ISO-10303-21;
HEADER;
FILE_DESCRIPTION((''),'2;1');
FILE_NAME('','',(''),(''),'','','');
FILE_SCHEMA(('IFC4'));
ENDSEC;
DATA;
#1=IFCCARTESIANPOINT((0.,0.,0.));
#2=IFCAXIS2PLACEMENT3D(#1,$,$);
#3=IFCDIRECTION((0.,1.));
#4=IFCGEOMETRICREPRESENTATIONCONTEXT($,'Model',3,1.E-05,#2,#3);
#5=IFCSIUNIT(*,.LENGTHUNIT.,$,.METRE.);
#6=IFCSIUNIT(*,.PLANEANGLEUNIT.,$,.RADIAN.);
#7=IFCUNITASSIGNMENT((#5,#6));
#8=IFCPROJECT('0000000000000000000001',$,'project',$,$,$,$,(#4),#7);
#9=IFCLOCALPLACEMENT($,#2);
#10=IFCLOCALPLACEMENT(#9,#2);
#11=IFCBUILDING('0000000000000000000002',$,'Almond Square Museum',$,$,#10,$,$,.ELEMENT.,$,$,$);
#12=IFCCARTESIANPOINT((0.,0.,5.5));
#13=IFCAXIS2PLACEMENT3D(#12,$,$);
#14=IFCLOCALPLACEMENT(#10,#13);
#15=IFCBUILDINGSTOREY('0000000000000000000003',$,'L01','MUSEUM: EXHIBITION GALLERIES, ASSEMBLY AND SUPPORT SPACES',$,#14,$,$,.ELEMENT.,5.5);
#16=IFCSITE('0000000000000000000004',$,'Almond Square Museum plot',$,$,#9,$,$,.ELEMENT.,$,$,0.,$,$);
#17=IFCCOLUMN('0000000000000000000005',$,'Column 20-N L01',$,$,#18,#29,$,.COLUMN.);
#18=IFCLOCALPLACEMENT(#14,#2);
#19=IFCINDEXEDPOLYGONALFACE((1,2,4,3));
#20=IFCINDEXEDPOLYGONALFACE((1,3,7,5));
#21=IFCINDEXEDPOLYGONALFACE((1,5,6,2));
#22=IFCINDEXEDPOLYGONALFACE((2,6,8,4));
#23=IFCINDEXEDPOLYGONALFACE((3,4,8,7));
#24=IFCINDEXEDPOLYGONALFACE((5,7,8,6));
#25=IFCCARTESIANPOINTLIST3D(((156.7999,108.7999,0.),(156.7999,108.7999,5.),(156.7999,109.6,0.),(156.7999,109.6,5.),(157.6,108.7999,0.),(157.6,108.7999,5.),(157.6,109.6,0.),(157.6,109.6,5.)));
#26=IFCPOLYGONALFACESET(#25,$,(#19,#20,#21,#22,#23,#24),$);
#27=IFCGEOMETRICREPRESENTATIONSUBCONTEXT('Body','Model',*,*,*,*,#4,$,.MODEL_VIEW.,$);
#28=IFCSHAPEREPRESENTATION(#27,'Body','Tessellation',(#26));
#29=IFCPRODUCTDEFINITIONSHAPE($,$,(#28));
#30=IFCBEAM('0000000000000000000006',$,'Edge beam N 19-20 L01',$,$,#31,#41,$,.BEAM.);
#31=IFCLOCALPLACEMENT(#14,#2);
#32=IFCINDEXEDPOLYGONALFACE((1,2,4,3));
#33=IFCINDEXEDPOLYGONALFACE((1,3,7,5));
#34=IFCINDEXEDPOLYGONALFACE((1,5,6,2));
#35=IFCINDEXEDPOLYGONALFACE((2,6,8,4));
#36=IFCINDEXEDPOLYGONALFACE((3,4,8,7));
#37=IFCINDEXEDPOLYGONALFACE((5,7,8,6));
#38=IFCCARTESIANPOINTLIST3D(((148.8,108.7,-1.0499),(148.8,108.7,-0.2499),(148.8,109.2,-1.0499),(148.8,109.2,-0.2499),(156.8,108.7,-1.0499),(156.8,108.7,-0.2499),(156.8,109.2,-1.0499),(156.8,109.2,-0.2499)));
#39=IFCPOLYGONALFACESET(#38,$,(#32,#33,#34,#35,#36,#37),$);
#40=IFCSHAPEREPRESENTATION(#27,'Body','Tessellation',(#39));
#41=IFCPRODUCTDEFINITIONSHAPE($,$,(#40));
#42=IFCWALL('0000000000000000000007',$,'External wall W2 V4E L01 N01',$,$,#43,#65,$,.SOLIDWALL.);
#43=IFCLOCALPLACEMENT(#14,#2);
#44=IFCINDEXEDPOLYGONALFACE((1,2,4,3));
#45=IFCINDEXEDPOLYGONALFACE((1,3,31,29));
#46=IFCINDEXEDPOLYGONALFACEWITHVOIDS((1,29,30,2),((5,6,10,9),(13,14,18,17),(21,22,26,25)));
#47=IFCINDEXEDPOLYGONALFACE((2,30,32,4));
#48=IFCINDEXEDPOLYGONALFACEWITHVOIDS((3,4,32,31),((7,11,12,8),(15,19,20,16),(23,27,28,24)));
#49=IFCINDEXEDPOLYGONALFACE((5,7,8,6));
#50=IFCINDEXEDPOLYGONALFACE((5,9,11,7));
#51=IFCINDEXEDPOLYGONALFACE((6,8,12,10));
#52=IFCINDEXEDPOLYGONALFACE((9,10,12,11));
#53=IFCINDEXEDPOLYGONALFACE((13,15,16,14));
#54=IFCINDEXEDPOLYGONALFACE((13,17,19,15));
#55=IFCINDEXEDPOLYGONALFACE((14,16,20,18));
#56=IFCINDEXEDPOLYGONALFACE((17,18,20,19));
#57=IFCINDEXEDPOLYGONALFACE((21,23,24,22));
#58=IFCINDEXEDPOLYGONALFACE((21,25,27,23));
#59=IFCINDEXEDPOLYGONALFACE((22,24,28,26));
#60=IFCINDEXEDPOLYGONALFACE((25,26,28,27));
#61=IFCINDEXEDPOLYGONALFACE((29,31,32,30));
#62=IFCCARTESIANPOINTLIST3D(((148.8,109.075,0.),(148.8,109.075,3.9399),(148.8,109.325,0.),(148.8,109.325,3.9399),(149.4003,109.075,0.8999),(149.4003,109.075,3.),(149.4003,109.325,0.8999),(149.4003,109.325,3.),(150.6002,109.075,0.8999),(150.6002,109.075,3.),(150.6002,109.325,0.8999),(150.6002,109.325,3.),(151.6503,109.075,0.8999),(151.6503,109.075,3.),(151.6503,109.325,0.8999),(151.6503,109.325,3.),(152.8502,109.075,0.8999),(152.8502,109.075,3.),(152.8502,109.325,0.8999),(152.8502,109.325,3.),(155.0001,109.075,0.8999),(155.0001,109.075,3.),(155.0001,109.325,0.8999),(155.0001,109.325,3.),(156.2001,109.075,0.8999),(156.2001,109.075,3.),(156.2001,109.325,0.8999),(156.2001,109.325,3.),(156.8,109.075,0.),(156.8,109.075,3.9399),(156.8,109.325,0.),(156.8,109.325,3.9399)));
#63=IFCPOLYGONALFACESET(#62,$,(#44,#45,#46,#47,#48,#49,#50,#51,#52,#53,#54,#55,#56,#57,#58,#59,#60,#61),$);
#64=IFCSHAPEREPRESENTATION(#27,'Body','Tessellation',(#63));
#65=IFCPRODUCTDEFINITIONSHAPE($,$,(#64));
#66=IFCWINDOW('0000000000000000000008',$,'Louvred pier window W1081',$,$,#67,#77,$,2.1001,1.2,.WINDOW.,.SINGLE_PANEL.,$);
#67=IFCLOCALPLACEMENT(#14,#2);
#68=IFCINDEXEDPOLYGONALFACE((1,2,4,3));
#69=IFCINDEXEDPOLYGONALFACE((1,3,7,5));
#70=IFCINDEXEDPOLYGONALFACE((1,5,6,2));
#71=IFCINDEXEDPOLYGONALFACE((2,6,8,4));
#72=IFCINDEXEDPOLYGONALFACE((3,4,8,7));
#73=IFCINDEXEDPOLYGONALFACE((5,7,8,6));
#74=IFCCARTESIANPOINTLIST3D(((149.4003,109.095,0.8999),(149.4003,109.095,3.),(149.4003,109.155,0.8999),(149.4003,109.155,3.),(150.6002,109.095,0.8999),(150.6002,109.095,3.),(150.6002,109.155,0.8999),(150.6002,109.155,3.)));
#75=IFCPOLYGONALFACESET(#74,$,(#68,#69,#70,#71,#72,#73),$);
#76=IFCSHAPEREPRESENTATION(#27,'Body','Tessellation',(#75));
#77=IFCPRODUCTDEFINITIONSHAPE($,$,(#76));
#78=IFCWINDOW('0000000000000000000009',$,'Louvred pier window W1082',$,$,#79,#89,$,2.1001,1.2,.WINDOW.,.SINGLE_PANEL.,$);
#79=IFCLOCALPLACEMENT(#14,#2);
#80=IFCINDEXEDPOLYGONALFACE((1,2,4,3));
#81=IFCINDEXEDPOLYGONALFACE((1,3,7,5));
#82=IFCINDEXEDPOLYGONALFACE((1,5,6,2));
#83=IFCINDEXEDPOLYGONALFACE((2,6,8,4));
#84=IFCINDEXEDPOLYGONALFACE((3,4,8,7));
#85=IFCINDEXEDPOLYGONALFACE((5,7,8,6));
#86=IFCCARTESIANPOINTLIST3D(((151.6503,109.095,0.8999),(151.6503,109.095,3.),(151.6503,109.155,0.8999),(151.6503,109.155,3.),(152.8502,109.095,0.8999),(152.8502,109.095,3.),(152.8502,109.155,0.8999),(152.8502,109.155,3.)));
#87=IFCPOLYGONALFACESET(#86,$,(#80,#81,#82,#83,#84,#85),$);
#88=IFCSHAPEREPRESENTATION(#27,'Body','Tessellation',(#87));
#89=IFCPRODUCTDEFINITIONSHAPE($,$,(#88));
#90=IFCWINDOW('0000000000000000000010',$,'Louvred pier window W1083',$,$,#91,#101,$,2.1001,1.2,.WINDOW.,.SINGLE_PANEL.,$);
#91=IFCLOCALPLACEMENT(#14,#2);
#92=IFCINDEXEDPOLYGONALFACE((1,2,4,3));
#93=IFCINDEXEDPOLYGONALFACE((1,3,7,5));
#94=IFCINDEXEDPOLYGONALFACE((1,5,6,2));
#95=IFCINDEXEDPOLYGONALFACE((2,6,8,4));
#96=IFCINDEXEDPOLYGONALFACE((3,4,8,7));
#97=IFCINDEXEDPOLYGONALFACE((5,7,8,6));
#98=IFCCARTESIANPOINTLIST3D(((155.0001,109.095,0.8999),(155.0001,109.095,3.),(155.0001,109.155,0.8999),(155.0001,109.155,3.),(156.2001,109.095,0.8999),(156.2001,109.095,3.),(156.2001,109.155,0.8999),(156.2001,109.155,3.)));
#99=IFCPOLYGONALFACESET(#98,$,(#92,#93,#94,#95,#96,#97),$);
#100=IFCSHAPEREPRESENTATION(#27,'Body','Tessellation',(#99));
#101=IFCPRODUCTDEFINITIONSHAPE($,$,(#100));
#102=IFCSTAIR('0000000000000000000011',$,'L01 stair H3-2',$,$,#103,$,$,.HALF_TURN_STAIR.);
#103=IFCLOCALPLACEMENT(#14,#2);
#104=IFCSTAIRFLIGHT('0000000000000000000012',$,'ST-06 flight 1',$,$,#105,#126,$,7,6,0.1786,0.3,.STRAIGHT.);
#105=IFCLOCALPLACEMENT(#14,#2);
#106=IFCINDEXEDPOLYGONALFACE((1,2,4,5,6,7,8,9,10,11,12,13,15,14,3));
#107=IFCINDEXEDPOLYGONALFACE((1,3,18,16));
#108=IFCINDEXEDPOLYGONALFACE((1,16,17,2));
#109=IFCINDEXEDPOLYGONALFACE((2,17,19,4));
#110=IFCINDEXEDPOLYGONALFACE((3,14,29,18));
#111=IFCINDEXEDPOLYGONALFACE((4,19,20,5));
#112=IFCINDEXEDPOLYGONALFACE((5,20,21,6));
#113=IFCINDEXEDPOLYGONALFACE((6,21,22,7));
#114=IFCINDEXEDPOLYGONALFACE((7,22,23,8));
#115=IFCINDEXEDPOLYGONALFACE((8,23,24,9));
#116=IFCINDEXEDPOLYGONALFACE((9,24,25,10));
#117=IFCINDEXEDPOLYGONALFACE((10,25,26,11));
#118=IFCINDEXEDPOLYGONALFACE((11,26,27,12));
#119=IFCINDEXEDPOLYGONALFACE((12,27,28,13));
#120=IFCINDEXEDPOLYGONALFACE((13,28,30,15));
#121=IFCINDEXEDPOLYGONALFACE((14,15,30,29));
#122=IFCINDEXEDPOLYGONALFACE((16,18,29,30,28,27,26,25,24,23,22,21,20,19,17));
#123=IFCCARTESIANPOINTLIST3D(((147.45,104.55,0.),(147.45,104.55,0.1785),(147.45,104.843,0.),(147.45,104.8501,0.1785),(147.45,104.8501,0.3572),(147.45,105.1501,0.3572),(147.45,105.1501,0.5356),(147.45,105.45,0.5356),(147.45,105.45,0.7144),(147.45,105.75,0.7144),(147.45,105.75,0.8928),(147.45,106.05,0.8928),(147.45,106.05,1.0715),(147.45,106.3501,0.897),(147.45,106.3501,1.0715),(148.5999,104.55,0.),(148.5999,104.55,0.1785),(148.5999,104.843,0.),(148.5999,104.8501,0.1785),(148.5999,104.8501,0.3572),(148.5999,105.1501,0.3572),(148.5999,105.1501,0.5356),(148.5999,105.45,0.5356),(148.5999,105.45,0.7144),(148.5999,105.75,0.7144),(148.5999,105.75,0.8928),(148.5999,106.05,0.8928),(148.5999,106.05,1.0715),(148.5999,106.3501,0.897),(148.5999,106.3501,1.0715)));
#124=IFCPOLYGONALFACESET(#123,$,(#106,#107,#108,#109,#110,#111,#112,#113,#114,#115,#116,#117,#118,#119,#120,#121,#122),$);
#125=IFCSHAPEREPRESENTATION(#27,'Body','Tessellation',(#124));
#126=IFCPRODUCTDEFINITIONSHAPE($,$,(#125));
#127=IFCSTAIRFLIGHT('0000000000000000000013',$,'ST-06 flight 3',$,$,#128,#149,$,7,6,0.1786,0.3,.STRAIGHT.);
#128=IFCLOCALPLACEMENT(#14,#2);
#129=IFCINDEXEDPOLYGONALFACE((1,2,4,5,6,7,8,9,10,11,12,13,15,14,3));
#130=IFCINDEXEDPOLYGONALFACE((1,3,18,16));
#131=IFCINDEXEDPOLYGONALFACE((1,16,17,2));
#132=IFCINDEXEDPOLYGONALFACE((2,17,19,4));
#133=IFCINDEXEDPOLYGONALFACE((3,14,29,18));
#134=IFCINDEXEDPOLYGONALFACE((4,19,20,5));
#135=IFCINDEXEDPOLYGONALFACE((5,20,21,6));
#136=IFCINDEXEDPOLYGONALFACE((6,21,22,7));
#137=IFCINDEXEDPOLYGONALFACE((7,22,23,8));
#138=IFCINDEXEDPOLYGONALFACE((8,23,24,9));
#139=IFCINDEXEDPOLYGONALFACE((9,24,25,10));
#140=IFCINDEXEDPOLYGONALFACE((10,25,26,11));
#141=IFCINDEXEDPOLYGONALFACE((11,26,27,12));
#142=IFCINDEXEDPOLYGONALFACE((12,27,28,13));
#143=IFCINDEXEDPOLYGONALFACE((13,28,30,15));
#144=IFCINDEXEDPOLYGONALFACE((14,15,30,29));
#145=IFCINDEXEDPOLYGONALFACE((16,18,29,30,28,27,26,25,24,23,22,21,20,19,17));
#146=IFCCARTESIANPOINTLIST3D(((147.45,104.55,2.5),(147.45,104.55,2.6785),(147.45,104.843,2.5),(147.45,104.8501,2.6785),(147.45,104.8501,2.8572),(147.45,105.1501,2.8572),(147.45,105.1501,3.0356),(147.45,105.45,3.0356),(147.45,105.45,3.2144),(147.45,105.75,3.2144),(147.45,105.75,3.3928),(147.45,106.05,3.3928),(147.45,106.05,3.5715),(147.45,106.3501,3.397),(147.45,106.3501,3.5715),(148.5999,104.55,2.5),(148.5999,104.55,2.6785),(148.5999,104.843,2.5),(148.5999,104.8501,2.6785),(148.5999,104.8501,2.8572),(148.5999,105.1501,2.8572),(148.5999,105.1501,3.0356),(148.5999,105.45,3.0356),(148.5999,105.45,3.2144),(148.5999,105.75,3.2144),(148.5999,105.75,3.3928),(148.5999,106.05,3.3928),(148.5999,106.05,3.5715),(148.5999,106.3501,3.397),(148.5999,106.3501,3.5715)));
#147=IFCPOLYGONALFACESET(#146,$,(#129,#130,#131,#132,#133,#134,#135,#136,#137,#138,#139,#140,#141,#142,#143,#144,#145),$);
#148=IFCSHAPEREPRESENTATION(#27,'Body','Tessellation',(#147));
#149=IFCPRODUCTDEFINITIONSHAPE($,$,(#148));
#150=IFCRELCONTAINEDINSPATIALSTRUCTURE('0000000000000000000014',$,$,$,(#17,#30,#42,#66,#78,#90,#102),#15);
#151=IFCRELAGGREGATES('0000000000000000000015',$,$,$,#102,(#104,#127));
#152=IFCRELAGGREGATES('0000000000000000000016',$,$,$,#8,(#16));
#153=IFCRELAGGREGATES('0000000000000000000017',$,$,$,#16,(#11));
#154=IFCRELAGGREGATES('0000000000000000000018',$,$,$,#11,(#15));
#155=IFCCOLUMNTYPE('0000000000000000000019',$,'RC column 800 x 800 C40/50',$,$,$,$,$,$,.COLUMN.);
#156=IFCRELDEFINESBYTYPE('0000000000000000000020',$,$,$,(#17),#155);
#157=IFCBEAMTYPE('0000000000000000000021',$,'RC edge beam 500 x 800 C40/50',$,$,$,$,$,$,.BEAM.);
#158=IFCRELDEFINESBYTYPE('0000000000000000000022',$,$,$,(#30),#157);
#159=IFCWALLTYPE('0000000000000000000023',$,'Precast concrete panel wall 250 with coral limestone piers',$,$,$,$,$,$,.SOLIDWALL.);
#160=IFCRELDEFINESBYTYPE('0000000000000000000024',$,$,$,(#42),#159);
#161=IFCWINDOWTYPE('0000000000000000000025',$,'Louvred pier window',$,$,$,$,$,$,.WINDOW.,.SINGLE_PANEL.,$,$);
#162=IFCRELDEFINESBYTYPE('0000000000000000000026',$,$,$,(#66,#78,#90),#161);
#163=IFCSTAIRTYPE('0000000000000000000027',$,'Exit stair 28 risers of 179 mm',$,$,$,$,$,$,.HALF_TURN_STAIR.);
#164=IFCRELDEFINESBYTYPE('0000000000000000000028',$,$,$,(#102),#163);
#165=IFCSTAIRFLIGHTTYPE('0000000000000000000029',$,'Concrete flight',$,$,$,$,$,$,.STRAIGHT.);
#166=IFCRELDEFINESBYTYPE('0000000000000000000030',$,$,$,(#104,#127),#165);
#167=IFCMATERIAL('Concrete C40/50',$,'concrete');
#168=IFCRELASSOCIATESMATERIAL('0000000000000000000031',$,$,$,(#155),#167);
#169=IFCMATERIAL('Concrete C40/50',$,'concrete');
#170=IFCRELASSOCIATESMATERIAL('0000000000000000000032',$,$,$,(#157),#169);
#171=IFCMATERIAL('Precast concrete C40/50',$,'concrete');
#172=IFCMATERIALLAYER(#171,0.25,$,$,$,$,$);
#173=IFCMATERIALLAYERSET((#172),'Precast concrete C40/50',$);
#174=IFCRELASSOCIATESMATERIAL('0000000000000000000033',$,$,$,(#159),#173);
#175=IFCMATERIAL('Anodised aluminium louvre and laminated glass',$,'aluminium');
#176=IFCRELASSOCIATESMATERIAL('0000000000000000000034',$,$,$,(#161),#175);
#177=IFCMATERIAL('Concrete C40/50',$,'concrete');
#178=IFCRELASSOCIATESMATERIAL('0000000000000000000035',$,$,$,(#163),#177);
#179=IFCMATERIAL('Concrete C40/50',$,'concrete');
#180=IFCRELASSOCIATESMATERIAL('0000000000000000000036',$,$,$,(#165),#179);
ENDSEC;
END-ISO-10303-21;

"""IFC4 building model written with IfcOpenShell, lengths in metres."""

from ifc_helpers import new_model, si_unit, direction, frame, frame_2d, origin, origin_2d, place, context, subcontext, project, spatial, polyline, rectangle, outline, extrude, material, layer, layer_set, material_profile, profile_set, type_object, element, fill, aggregate, save


model = new_model("IFC4")

# Units and contexts
model_context = context("Model", 3, precision=1e-05, world=origin(), true_north=direction((0.0, 1.0)))
body_context = subcontext(model_context, "Body", "Model", "MODEL_VIEW")
ifc_project = project(units=[si_unit("LENGTHUNIT", "METRE"), si_unit("PLANEANGLEUNIT", "RADIAN")], contexts=[model_context])

# Site, building, storey
site_placement = place(None, origin())
site = spatial("IfcSite", under=ifc_project, at=site_placement, Name="Almond Square Museum plot", CompositionType="ELEMENT", RefElevation=0.0)
building_placement = place(site_placement, origin())
building = spatial("IfcBuilding", under=site, at=building_placement, Name="Almond Square Museum", CompositionType="ELEMENT")
storey_placement = place(building_placement, frame((0.0, 0.0, 5.5)))
storey = spatial("IfcBuildingStorey", under=building, at=storey_placement, Name="L01", Description="MUSEUM: EXHIBITION GALLERIES, ASSEMBLY AND SUPPORT SPACES", CompositionType="ELEMENT", Elevation=5.5)

# Column
ifc_material_1 = material(Name="Concrete C40/50", Category="concrete")
ifc_material_profile_1 = material_profile(ifc_material_1, rectangle(XDim=0.8, YDim=0.8, at=origin_2d()))
ifc_profile_set_1 = profile_set([ifc_material_profile_1], Name="Concrete C40/50")
column_type = type_object("IfcColumnType", Name="RC column 800 x 800 C40/50", PredefinedType="COLUMN", material=ifc_profile_set_1)
column_placement = place(storey_placement, frame((157.2, 109.2, 0.0), z_axis=(0.0, 0.0, 1.0), x_axis=(1.0, 0.0, 0.0)))
element("IfcColumn", 1, at=column_placement, inside=storey, type_object=column_type, Name="Column 20-N L01", PredefinedType="COLUMN", context=body_context, shape_type="SweptSolid", body=[
    extrude(rectangle(XDim=0.8, YDim=0.8, at=origin_2d()), origin(), (0.0, 0.0, 1.0), 5.0),
])

# Beam
ifc_material_2 = material(Name="Concrete C40/50", Category="concrete")
ifc_material_profile_2 = material_profile(ifc_material_2, rectangle(XDim=0.5, YDim=0.8, at=origin_2d()))
ifc_profile_set_2 = profile_set([ifc_material_profile_2], Name="Concrete C40/50")
beam_type = type_object("IfcBeamType", Name="RC edge beam 500 x 800 C40/50", PredefinedType="BEAM", material=ifc_profile_set_2)
beam_placement = place(storey_placement, frame((148.8, 108.95, -0.6499), z_axis=(1.0, 0.0, 0.0), x_axis=(0.0, 1.0, 0.0)))
element("IfcBeam", 2, at=beam_placement, inside=storey, type_object=beam_type, Name="Edge beam N 19-20 L01", PredefinedType="BEAM", context=body_context, shape_type="SweptSolid", body=[
    extrude(rectangle(XDim=0.5, YDim=0.8, at=origin_2d()), origin(), (0.0, 0.0, 1.0), 8.0),
])

# Wall, openings, windows
ifc_material_3 = material(Name="Precast concrete C40/50", Category="concrete")
ifc_layer = layer(ifc_material_3, 0.25)
ifc_layer_set = layer_set([ifc_layer], Name="Precast concrete C40/50")
wall_type = type_object("IfcWallType", Name="Precast concrete panel wall 250 with coral limestone piers", PredefinedType="SOLIDWALL", material=ifc_layer_set)
wall_placement = place(storey_placement, frame((148.8, 109.2, 0.0), z_axis=(0.0, 0.0, 1.0), x_axis=(1.0, 0.0, 0.0)))
wall = element("IfcWall", 3, at=wall_placement, inside=storey, type_object=wall_type, Name="External wall W2 V4E L01 N01", PredefinedType="SOLIDWALL", context=body_context, shape_type="SweptSolid", body=[
    extrude(rectangle(XDim=8.0, YDim=0.25, at=frame_2d((4.0, 0.0))), origin(), (0.0, 0.0, 1.0), 3.9399),
])
opening_1_placement = place(wall_placement, frame((0.6001, 0.0, 0.8999)))
opening_1 = element("IfcOpeningElement", 4, at=opening_1_placement, cuts=wall, PredefinedType="OPENING", context=body_context, shape_type="SweptSolid", body=[
    extrude(rectangle(XDim=1.2, YDim=2.1001, at=frame_2d((0.6001, 1.05))), frame((0.0, 0.135, 0.0), z_axis=(0.0, -1.0, 0.0), x_axis=(1.0, 0.0, 0.0)), (0.0, 0.0, 1.0), 0.27),
])
opening_2_placement = place(wall_placement, frame((2.8501, 0.0, 0.8999)))
opening_2 = element("IfcOpeningElement", 5, at=opening_2_placement, cuts=wall, PredefinedType="OPENING", context=body_context, shape_type="SweptSolid", body=[
    extrude(rectangle(XDim=1.2, YDim=2.1001, at=frame_2d((0.6001, 1.05))), frame((0.0, 0.135, 0.0), z_axis=(0.0, -1.0, 0.0), x_axis=(1.0, 0.0, 0.0)), (0.0, 0.0, 1.0), 0.27),
])
opening_3_placement = place(wall_placement, frame((6.2, 0.0, 0.8999)))
opening_3 = element("IfcOpeningElement", 6, at=opening_3_placement, cuts=wall, PredefinedType="OPENING", context=body_context, shape_type="SweptSolid", body=[
    extrude(rectangle(XDim=1.2, YDim=2.1001, at=frame_2d((0.6001, 1.05))), frame((0.0, 0.135, 0.0), z_axis=(0.0, -1.0, 0.0), x_axis=(1.0, 0.0, 0.0)), (0.0, 0.0, 1.0), 0.27),
])
ifc_material_4 = material(Name="Anodised aluminium louvre and laminated glass", Category="aluminium")
window_type = type_object("IfcWindowType", Name="Louvred pier window", PartitioningType="SINGLE_PANEL", PredefinedType="WINDOW", material=ifc_material_4)
window_1_placement = place(opening_1_placement, origin())
window_1 = element("IfcWindow", 7, at=window_1_placement, inside=storey, type_object=window_type, Name="Louvred pier window W1081", OverallHeight=2.1001, OverallWidth=1.2, PartitioningType="SINGLE_PANEL", PredefinedType="WINDOW", context=body_context, shape_type="SweptSolid", body=[
    extrude(rectangle(XDim=1.2, YDim=2.1001, at=frame_2d((0.6001, 1.05))), frame((0.0, -0.0449, 0.0), z_axis=(0.0, -1.0, 0.0), x_axis=(1.0, 0.0, 0.0)), (0.0, 0.0, 1.0), 0.0601),
])
fill(opening_1, window_1)
window_2_placement = place(opening_2_placement, origin())
window_2 = element("IfcWindow", 8, at=window_2_placement, inside=storey, type_object=window_type, Name="Louvred pier window W1082", OverallHeight=2.1001, OverallWidth=1.2, PartitioningType="SINGLE_PANEL", PredefinedType="WINDOW", context=body_context, shape_type="SweptSolid", body=[
    extrude(rectangle(XDim=1.2, YDim=2.1001, at=frame_2d((0.6001, 1.05))), frame((0.0, -0.0449, 0.0), z_axis=(0.0, -1.0, 0.0), x_axis=(1.0, 0.0, 0.0)), (0.0, 0.0, 1.0), 0.0601),
])
fill(opening_2, window_2)
window_3_placement = place(opening_3_placement, origin())
window_3 = element("IfcWindow", 9, at=window_3_placement, inside=storey, type_object=window_type, Name="Louvred pier window W1083", OverallHeight=2.1001, OverallWidth=1.2, PartitioningType="SINGLE_PANEL", PredefinedType="WINDOW", context=body_context, shape_type="SweptSolid", body=[
    extrude(rectangle(XDim=1.2, YDim=2.1001, at=frame_2d((0.6001, 1.05))), frame((0.0, -0.0449, 0.0), z_axis=(0.0, -1.0, 0.0), x_axis=(1.0, 0.0, 0.0)), (0.0, 0.0, 1.0), 0.0601),
])
fill(opening_3, window_3)

# Stair, stair flights
ifc_material_5 = material(Name="Concrete C40/50", Category="concrete")
stair_type = type_object("IfcStairType", Name="Exit stair 28 risers of 179 mm", PredefinedType="HALF_TURN_STAIR", material=ifc_material_5)
stair_placement = place(storey_placement, origin())
stair = element("IfcStair", 10, at=stair_placement, inside=storey, type_object=stair_type, Name="L01 stair H3-2", PredefinedType="HALF_TURN_STAIR")
ifc_material_6 = material(Name="Concrete C40/50", Category="concrete")
stair_flight_type = type_object("IfcStairFlightType", Name="Concrete flight", PredefinedType="STRAIGHT", material=ifc_material_6)
stair_flight_1_placement = place(storey_placement, frame((148.0249, 104.55, 0.0), z_axis=(0.0, 0.0, 1.0), x_axis=(0.0, 1.0, 0.0)))
stair_flight_1 = element("IfcStairFlight", 11, at=stair_flight_1_placement, type_object=stair_flight_type, Name="ST-06 flight 1", NumberOfRisers=7, NumberOfTreads=6, PredefinedType="STRAIGHT", RiserHeight=0.1786, TreadLength=0.3, context=body_context, shape_type="SweptSolid", body=[
    extrude(outline(polyline([(0.0, 0.0), (0.0, 0.1785), (0.3, 0.1785), (0.3, 0.3572), (0.6001, 0.3572), (0.6001, 0.5356), (0.8999, 0.5356), (0.8999, 0.7144), (1.2, 0.7144), (1.2, 0.8928), (1.5, 0.8928), (1.5, 1.0715), (1.8, 1.0715), (1.8, 1.25), (1.8, 0.897), (0.293, 0.0), (0.0, 0.0)])), frame((0.0, 0.575, 0.0), z_axis=(0.0, -1.0, 0.0), x_axis=(1.0, 0.0, 0.0)), (0.0, 0.0, 1.0), 1.1499),
])
stair_flight_2_placement = place(storey_placement, frame((148.0249, 104.55, 2.5), z_axis=(0.0, 0.0, 1.0), x_axis=(0.0, 1.0, 0.0)))
stair_flight_2 = element("IfcStairFlight", 12, at=stair_flight_2_placement, type_object=stair_flight_type, Name="ST-06 flight 3", NumberOfRisers=7, NumberOfTreads=6, PredefinedType="STRAIGHT", RiserHeight=0.1786, TreadLength=0.3, context=body_context, shape_type="SweptSolid", body=[
    extrude(outline(polyline([(0.0, 0.0), (0.0, 0.1785), (0.3, 0.1785), (0.3, 0.3572), (0.6001, 0.3572), (0.6001, 0.5356), (0.8999, 0.5356), (0.8999, 0.7144), (1.2, 0.7144), (1.2, 0.8928), (1.5, 0.8928), (1.5, 1.0715), (1.8, 1.0715), (1.8, 1.25), (1.8, 0.897), (0.293, 0.0), (0.0, 0.0)])), frame((0.0, 0.575, 0.0), z_axis=(0.0, -1.0, 0.0), x_axis=(1.0, 0.0, 0.0)), (0.0, 0.0, 1.0), 1.1499),
])
aggregate(stair, [stair_flight_1, stair_flight_2])

save(model, "model.ifc")
